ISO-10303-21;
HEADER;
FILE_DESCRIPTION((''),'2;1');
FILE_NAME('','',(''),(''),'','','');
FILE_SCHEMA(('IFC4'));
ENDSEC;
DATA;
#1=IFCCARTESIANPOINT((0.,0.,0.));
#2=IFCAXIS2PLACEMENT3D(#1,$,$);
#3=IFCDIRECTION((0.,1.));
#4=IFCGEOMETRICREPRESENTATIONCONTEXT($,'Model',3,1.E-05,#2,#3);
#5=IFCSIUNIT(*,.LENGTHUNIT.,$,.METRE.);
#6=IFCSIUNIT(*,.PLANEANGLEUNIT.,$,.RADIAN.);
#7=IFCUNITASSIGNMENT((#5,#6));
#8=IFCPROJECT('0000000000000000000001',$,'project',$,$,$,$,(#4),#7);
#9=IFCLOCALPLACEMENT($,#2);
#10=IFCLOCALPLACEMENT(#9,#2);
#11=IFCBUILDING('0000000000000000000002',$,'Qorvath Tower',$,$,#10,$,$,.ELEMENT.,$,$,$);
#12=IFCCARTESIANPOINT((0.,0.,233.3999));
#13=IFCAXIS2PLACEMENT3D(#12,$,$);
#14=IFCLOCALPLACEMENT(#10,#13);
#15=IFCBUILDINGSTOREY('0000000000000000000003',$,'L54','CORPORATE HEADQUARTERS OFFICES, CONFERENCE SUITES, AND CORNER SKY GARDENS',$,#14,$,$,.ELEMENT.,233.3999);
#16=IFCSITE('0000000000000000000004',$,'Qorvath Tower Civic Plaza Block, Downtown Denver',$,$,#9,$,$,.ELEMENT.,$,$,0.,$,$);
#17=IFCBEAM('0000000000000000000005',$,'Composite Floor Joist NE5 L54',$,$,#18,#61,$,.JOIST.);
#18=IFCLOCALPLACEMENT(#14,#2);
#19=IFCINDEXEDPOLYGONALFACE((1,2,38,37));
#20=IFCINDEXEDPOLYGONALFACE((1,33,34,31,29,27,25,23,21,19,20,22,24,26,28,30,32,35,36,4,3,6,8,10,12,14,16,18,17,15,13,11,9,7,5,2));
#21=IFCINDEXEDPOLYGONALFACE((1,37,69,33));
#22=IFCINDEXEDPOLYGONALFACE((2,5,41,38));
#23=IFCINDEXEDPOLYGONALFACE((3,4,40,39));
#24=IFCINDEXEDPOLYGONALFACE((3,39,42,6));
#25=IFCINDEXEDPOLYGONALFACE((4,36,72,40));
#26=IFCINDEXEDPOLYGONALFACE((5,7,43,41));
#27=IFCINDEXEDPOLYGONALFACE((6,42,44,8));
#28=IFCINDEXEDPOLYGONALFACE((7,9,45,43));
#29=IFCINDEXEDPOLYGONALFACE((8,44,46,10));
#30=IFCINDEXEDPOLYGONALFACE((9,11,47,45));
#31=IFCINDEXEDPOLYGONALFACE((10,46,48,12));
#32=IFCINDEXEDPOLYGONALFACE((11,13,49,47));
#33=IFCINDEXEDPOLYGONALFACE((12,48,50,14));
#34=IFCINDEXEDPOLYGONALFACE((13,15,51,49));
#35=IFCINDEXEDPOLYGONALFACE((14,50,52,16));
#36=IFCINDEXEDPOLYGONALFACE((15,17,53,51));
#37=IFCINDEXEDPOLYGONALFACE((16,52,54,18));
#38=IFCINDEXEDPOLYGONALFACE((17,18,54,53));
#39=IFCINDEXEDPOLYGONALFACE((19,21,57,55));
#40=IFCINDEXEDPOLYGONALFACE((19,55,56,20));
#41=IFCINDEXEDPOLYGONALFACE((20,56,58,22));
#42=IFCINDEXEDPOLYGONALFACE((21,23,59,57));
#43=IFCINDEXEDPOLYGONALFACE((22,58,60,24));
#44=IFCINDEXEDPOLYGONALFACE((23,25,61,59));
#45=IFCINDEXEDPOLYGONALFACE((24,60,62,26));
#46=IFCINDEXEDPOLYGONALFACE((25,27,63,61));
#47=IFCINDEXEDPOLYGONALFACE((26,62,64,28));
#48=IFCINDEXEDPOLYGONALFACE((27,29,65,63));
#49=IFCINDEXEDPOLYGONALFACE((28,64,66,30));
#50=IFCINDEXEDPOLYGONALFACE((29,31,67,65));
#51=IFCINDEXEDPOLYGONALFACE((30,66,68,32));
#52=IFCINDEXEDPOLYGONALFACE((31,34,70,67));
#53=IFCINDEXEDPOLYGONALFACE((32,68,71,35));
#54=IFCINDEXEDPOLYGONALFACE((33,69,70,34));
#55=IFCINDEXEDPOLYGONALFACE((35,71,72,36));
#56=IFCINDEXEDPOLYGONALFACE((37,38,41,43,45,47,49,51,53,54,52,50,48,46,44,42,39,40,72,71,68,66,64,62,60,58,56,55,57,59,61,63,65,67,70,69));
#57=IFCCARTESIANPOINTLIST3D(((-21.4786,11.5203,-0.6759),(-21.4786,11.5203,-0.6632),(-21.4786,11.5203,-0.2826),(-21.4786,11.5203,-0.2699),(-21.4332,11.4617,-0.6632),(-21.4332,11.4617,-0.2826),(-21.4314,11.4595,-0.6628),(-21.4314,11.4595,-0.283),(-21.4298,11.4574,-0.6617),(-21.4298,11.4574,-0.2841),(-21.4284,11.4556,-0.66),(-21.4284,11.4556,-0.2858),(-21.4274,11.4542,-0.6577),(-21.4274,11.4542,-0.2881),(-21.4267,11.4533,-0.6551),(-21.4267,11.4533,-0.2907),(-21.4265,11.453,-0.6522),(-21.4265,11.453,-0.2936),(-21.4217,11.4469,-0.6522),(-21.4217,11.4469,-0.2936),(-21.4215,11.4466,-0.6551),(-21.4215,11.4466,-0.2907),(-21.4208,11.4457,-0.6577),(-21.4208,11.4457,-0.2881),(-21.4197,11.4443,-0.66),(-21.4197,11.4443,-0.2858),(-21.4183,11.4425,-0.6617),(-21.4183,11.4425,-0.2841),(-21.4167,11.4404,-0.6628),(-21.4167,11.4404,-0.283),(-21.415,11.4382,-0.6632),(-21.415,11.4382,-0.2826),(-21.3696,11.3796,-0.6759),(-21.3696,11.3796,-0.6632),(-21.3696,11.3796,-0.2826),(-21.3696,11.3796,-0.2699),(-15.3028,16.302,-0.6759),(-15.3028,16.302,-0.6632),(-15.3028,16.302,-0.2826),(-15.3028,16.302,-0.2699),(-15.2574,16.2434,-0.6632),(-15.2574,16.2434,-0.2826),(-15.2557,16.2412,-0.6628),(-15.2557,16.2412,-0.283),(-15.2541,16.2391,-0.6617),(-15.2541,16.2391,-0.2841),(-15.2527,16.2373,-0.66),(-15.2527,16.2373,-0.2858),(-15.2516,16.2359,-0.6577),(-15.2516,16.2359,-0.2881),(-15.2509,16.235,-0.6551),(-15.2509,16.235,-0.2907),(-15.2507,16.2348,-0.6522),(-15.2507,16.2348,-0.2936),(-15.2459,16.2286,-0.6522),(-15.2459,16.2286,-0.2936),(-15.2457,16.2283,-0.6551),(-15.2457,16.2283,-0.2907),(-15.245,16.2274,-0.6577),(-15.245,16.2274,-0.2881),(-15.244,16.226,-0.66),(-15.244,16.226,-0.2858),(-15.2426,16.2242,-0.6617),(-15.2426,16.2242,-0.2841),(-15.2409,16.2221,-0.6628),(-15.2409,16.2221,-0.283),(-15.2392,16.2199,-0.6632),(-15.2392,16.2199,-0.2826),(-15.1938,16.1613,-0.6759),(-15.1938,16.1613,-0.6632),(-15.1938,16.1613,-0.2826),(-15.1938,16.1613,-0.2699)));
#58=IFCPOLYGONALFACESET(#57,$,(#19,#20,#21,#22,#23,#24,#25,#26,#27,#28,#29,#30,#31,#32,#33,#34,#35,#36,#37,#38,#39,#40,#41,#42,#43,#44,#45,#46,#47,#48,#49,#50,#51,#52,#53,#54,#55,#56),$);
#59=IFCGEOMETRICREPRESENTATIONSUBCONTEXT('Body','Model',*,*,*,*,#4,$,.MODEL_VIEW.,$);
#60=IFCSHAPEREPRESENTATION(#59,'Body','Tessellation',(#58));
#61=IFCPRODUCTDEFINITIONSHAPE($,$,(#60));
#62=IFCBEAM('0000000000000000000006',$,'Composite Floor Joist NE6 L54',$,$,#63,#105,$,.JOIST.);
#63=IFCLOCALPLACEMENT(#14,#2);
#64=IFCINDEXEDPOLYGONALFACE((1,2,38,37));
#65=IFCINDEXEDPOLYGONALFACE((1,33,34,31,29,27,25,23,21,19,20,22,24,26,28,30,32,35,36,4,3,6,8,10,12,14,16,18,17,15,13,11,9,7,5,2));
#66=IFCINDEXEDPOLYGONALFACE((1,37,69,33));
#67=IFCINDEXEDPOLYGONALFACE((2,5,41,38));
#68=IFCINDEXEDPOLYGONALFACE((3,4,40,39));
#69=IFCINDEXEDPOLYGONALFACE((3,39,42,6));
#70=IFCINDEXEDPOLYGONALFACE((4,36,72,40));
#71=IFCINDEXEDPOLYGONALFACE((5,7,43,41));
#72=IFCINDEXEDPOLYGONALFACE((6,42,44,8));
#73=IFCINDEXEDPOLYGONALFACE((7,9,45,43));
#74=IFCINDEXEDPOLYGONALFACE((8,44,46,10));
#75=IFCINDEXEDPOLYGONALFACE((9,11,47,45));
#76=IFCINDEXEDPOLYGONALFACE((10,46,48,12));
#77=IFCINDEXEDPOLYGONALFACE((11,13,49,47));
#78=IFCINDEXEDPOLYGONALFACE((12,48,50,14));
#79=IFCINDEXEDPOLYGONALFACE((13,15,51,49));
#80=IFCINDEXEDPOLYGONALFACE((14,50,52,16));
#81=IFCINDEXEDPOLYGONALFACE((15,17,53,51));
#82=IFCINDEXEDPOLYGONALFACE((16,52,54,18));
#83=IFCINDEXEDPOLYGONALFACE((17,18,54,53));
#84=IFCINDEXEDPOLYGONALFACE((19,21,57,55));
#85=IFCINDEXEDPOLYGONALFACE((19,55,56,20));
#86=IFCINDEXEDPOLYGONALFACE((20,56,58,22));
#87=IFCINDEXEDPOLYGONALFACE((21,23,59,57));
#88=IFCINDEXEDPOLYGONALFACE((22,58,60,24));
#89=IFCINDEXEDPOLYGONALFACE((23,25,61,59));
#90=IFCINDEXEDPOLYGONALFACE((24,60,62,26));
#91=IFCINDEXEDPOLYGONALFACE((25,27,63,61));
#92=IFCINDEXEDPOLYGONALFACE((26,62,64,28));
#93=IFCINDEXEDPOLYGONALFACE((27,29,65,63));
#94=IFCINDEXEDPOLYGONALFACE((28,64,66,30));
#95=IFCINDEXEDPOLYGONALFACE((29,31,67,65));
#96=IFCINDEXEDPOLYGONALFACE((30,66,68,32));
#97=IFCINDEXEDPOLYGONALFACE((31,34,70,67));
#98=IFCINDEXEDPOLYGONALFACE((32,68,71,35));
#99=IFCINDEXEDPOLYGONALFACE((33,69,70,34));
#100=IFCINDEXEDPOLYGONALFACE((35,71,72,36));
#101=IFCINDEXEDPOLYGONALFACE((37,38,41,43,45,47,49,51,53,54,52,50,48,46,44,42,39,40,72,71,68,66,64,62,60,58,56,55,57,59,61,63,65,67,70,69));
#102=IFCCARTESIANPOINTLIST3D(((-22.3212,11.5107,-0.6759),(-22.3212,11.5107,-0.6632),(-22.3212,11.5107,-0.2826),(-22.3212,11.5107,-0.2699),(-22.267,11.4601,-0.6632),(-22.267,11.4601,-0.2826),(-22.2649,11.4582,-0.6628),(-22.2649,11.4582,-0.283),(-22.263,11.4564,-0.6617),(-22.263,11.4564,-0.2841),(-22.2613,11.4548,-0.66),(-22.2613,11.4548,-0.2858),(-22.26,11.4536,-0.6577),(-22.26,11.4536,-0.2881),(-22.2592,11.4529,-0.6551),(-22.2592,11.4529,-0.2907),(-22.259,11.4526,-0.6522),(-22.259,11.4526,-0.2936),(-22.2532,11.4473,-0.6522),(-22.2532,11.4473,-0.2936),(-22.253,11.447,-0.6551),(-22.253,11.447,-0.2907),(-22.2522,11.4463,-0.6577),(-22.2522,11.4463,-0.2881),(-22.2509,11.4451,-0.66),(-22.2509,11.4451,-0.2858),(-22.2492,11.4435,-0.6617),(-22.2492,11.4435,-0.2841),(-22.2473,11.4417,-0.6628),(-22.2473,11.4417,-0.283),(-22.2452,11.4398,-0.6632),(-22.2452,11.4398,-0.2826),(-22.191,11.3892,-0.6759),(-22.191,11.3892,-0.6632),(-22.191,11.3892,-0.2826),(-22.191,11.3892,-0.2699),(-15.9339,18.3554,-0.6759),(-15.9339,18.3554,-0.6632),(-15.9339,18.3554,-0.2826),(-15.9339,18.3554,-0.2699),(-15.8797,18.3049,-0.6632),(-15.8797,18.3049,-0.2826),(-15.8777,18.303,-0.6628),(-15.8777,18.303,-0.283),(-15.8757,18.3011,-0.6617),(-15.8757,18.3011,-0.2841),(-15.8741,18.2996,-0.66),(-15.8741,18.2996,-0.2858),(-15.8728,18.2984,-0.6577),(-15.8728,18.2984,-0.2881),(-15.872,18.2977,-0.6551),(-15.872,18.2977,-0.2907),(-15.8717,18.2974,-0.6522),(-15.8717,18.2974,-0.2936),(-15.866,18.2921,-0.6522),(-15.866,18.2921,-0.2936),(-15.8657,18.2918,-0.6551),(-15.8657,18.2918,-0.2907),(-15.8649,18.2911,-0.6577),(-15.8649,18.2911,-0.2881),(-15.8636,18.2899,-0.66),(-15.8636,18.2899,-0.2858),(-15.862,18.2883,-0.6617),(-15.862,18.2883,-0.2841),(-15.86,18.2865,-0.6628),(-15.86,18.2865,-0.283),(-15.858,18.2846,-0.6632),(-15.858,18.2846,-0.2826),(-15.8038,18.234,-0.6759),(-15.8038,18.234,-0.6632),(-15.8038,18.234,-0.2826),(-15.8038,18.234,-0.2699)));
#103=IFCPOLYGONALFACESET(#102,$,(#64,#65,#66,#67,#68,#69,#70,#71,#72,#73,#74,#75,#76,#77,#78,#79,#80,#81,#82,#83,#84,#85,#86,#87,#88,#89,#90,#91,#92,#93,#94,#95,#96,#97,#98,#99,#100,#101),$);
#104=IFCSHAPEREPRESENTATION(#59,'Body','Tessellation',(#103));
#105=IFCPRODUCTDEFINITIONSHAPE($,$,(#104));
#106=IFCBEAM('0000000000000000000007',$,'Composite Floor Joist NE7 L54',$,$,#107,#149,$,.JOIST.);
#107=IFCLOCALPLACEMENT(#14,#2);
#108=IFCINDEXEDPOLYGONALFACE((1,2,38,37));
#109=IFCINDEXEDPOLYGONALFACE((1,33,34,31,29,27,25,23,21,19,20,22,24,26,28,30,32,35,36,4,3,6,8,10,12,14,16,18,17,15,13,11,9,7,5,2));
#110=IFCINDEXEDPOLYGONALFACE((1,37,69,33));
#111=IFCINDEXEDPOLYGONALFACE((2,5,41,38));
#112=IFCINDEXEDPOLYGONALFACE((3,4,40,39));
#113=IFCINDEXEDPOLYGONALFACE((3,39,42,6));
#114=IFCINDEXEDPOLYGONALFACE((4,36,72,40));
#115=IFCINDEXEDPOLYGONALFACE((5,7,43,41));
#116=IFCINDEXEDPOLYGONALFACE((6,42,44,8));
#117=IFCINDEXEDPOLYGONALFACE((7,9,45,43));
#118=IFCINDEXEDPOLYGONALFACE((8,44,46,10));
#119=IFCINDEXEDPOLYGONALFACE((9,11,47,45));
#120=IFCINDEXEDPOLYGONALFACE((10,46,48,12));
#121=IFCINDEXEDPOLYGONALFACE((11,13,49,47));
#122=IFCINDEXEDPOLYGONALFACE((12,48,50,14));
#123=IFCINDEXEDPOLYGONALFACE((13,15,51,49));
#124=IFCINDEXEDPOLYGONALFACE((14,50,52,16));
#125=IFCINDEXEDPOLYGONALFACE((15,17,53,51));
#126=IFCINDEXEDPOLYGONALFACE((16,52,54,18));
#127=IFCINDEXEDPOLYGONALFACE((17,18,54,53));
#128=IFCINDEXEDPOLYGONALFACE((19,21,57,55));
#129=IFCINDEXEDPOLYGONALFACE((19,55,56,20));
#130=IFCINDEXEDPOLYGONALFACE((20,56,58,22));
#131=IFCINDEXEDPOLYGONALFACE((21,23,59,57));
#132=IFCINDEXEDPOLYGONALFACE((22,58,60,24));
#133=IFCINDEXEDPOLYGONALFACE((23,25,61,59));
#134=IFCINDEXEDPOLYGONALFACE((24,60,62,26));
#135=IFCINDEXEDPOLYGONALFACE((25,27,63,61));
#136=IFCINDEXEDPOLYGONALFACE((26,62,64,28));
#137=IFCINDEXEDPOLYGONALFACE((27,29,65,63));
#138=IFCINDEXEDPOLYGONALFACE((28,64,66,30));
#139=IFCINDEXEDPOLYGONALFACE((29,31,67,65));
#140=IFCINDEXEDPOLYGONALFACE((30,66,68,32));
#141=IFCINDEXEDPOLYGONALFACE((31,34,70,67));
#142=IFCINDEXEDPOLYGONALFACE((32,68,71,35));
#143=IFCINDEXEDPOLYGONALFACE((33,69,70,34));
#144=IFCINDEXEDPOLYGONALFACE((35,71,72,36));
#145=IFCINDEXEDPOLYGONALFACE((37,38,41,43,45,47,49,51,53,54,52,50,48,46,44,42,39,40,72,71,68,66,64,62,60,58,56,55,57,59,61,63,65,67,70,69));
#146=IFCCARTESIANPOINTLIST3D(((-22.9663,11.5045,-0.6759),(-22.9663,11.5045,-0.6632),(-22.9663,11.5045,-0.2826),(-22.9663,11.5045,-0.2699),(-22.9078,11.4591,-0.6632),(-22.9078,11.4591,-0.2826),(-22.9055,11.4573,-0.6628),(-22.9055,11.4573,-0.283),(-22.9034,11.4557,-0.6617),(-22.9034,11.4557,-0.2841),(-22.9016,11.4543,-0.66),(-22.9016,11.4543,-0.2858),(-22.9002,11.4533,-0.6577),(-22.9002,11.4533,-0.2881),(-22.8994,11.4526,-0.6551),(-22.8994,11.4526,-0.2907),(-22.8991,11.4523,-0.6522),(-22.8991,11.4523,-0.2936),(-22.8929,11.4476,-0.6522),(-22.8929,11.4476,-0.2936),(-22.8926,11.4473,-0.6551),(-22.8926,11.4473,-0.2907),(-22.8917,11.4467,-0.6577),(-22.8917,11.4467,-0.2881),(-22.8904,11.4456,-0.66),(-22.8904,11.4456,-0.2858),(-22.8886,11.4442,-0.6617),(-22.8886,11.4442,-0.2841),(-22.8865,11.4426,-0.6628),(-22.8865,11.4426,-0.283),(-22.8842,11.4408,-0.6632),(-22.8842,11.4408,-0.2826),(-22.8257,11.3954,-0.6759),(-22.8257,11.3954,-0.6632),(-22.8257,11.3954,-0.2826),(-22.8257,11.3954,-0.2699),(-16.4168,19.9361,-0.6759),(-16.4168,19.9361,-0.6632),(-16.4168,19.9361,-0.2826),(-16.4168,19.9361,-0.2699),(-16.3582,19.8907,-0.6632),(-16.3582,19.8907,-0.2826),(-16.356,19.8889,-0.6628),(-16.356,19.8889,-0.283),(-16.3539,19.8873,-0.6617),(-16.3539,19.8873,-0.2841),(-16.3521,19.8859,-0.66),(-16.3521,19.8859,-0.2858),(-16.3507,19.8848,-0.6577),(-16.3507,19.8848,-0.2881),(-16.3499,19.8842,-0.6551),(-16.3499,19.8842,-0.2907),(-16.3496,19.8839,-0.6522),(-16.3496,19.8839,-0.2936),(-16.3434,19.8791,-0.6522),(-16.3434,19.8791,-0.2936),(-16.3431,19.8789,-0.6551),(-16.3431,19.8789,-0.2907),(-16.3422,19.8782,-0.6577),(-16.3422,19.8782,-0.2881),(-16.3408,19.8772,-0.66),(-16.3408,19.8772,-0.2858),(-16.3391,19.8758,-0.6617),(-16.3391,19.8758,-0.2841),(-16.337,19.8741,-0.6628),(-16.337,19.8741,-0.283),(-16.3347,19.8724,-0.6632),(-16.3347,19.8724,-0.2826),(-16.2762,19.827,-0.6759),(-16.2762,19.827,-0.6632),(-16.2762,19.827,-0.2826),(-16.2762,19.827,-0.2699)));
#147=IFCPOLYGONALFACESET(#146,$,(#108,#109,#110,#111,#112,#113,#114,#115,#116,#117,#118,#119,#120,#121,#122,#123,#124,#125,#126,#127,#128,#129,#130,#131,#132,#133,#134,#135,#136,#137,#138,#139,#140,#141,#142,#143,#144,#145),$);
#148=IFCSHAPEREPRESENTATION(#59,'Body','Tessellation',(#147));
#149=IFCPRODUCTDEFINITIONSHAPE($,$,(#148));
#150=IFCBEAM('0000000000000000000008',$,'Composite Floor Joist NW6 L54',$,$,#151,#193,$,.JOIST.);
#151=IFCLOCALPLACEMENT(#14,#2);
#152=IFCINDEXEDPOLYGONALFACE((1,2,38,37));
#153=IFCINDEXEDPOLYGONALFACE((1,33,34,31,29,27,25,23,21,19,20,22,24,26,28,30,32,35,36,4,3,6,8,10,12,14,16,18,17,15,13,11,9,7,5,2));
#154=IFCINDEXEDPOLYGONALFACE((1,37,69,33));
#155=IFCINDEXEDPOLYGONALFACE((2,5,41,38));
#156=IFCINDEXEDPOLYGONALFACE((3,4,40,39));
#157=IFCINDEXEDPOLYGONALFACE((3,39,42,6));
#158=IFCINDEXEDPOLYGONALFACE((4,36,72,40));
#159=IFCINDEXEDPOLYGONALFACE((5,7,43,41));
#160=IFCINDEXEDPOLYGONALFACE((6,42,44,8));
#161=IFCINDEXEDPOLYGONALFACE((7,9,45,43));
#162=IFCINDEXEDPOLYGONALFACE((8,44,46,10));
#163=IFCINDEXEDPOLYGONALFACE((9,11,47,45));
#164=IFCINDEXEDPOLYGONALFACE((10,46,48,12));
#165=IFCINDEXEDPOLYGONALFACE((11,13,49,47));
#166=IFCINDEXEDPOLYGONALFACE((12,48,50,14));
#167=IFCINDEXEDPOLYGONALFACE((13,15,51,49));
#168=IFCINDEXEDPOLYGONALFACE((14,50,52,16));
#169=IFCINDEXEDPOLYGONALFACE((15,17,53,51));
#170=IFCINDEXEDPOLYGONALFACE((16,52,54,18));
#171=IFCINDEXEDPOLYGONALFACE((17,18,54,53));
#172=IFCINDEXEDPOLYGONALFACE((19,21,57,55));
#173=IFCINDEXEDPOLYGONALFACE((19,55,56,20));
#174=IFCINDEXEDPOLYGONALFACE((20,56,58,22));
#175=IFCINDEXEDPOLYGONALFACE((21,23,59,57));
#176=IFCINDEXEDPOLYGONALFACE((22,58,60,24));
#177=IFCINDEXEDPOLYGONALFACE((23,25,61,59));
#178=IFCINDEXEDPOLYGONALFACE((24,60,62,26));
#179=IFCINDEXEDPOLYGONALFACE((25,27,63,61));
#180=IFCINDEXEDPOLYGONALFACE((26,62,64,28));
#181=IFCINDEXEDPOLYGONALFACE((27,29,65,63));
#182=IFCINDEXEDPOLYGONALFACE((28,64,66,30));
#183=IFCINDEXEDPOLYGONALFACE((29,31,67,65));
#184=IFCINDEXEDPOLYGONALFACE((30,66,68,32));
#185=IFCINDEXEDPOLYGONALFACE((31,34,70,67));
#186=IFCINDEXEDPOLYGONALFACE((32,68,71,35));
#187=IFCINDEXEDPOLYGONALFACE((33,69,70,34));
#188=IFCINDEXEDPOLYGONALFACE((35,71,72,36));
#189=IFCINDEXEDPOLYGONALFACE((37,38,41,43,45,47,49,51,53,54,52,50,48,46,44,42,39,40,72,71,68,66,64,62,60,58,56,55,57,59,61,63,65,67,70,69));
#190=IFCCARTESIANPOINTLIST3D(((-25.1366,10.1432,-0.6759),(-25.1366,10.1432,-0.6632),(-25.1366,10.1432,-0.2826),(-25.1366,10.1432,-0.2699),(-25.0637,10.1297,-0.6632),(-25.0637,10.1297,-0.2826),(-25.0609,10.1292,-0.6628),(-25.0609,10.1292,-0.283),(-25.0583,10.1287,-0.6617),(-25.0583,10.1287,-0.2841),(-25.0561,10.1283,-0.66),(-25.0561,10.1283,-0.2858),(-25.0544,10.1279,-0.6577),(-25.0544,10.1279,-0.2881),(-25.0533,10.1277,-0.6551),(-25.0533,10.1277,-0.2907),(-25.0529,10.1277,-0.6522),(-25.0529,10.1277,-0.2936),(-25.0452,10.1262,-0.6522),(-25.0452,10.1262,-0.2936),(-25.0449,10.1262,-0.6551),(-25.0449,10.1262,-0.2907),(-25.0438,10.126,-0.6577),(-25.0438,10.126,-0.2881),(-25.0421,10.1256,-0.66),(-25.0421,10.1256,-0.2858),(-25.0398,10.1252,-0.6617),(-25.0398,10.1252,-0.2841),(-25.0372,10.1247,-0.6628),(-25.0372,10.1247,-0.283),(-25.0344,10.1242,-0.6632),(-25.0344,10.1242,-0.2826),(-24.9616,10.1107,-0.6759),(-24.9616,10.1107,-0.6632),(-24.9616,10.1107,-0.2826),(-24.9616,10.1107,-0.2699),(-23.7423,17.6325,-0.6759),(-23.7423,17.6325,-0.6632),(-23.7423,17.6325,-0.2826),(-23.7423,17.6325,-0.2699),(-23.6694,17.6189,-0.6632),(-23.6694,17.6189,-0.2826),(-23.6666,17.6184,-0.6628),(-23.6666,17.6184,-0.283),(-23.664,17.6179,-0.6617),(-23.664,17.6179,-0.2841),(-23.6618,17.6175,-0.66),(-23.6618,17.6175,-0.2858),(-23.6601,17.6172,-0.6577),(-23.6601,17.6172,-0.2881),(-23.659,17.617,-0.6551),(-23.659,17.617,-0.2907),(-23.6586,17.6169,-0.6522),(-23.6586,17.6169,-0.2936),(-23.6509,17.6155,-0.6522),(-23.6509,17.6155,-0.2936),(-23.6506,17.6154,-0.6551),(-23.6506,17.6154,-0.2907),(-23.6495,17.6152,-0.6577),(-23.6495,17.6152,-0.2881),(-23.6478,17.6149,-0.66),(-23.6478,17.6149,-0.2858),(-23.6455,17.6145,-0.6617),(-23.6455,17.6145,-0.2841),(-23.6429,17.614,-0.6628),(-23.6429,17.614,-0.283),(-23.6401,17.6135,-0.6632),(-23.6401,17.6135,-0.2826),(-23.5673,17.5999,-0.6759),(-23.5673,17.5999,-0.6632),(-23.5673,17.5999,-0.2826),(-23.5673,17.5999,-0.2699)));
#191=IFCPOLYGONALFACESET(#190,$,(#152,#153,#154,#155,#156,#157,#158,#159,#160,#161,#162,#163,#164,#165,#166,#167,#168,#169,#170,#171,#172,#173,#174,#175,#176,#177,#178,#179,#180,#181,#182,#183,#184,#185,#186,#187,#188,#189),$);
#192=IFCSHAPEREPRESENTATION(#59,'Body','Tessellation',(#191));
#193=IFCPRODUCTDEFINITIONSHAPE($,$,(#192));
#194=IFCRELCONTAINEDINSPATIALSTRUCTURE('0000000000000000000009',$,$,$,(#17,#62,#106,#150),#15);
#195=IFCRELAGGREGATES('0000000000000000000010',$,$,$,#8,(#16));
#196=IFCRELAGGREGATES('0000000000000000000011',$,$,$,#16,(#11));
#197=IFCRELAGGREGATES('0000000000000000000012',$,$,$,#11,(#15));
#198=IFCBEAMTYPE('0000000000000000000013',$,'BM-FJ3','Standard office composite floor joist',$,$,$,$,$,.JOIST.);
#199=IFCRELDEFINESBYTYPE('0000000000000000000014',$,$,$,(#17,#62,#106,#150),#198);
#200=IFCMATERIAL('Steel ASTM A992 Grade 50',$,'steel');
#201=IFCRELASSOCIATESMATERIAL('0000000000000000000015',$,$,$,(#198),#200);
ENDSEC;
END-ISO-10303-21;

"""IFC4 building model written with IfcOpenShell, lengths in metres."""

from ifc_helpers import new_model, si_unit, direction, frame, origin, origin_2d, place, context, subcontext, project, spatial, i_section, extrude, material, material_profile, profile_set, type_object, element, save


model = new_model("IFC4")

# Units and contexts
model_context = context("Model", 3, precision=1e-05, world=origin(), true_north=direction((0.0, 1.0)))
body_context = subcontext(model_context, "Body", "Model", "MODEL_VIEW")
ifc_project = project(units=[si_unit("LENGTHUNIT", "METRE"), si_unit("PLANEANGLEUNIT", "RADIAN")], contexts=[model_context])

# Site, building, storey
site_placement = place(None, origin())
site = spatial("IfcSite", under=ifc_project, at=site_placement, Name="Qorvath Tower Civic Plaza Block, Downtown Denver", CompositionType="ELEMENT", RefElevation=0.0)
building_placement = place(site_placement, origin())
building = spatial("IfcBuilding", under=site, at=building_placement, Name="Qorvath Tower", CompositionType="ELEMENT")
storey_placement = place(building_placement, frame((0.0, 0.0, 233.3999)))
storey = spatial("IfcBuildingStorey", under=building, at=storey_placement, Name="L54", Description="CORPORATE HEADQUARTERS OFFICES, CONFERENCE SUITES, AND CORNER SKY GARDENS", CompositionType="ELEMENT", Elevation=233.3999)

# Beams
ifc_material_1 = material(Name="Steel ASTM A992 Grade 50", Category="steel")
ifc_material_profile_1 = material_profile(ifc_material_1, i_section(OverallWidth=0.178, OverallDepth=0.406, WebThickness=0.0078, FlangeThickness=0.0127, FilletRadius=0.011, at=origin_2d()), Name="W16x40")
ifc_profile_set_1 = profile_set([ifc_material_profile_1], Name="Steel ASTM A992 Grade 50")
beam_type_1 = type_object("IfcBeamType", Name="BM-FJ3", Description="Standard office composite floor joist", PredefinedType="JOIST", material=ifc_profile_set_1)
beam_1_placement = place(storey_placement, frame((-21.4241, 11.45, -0.4729), z_axis=(0.790693, 0.612212, 0.0), x_axis=(-0.612212, 0.790693, 0.0)))
element("IfcBeam", 1, at=beam_1_placement, inside=storey, type_object=beam_type_1, Name="Composite Floor Joist NE5 L54", PredefinedType="JOIST", context=body_context, shape_type="SweptSolid", body=[
    extrude(i_section(OverallWidth=0.178, OverallDepth=0.406, WebThickness=0.0078, FlangeThickness=0.0127, FilletRadius=0.011, at=origin_2d()), origin(), (0.0, 0.0, 1.0), 7.8105),
])
beam_2_placement = place(storey_placement, frame((-22.2561, 11.45, -0.4729), z_axis=(0.682249, 0.731119, 0.0), x_axis=(-0.731119, 0.682249, 0.0)))
element("IfcBeam", 2, at=beam_2_placement, inside=storey, type_object=beam_type_1, Name="Composite Floor Joist NE6 L54", PredefinedType="JOIST", context=body_context, shape_type="SweptSolid", body=[
    extrude(i_section(OverallWidth=0.178, OverallDepth=0.406, WebThickness=0.0078, FlangeThickness=0.0127, FilletRadius=0.011, at=origin_2d()), origin(), (0.0, 0.0, 1.0), 9.3621),
])
beam_3_placement = place(storey_placement, frame((-22.896, 11.45, -0.4729), z_axis=(0.613451, 0.789733, 0.0), x_axis=(-0.789733, 0.613451, 0.0)))
element("IfcBeam", 3, at=beam_3_placement, inside=storey, type_object=beam_type_1, Name="Composite Floor Joist NE7 L54", PredefinedType="JOIST", context=body_context, shape_type="SweptSolid", body=[
    extrude(i_section(OverallWidth=0.178, OverallDepth=0.406, WebThickness=0.0078, FlangeThickness=0.0127, FilletRadius=0.011, at=origin_2d()), origin(), (0.0, 0.0, 1.0), 10.6765),
])
beam_4_placement = place(storey_placement, frame((-25.0491, 10.127, -0.4729), z_axis=(0.183027, 0.983108, 0.0), x_axis=(-0.983108, 0.183027, 0.0)))
element("IfcBeam", 4, at=beam_4_placement, inside=storey, type_object=beam_type_1, Name="Composite Floor Joist NW6 L54", PredefinedType="JOIST", context=body_context, shape_type="SweptSolid", body=[
    extrude(i_section(OverallWidth=0.178, OverallDepth=0.406, WebThickness=0.0078, FlangeThickness=0.0127, FilletRadius=0.011, at=origin_2d()), origin(), (0.0, 0.0, 1.0), 7.6179),
])

save(model, "model.ifc")
